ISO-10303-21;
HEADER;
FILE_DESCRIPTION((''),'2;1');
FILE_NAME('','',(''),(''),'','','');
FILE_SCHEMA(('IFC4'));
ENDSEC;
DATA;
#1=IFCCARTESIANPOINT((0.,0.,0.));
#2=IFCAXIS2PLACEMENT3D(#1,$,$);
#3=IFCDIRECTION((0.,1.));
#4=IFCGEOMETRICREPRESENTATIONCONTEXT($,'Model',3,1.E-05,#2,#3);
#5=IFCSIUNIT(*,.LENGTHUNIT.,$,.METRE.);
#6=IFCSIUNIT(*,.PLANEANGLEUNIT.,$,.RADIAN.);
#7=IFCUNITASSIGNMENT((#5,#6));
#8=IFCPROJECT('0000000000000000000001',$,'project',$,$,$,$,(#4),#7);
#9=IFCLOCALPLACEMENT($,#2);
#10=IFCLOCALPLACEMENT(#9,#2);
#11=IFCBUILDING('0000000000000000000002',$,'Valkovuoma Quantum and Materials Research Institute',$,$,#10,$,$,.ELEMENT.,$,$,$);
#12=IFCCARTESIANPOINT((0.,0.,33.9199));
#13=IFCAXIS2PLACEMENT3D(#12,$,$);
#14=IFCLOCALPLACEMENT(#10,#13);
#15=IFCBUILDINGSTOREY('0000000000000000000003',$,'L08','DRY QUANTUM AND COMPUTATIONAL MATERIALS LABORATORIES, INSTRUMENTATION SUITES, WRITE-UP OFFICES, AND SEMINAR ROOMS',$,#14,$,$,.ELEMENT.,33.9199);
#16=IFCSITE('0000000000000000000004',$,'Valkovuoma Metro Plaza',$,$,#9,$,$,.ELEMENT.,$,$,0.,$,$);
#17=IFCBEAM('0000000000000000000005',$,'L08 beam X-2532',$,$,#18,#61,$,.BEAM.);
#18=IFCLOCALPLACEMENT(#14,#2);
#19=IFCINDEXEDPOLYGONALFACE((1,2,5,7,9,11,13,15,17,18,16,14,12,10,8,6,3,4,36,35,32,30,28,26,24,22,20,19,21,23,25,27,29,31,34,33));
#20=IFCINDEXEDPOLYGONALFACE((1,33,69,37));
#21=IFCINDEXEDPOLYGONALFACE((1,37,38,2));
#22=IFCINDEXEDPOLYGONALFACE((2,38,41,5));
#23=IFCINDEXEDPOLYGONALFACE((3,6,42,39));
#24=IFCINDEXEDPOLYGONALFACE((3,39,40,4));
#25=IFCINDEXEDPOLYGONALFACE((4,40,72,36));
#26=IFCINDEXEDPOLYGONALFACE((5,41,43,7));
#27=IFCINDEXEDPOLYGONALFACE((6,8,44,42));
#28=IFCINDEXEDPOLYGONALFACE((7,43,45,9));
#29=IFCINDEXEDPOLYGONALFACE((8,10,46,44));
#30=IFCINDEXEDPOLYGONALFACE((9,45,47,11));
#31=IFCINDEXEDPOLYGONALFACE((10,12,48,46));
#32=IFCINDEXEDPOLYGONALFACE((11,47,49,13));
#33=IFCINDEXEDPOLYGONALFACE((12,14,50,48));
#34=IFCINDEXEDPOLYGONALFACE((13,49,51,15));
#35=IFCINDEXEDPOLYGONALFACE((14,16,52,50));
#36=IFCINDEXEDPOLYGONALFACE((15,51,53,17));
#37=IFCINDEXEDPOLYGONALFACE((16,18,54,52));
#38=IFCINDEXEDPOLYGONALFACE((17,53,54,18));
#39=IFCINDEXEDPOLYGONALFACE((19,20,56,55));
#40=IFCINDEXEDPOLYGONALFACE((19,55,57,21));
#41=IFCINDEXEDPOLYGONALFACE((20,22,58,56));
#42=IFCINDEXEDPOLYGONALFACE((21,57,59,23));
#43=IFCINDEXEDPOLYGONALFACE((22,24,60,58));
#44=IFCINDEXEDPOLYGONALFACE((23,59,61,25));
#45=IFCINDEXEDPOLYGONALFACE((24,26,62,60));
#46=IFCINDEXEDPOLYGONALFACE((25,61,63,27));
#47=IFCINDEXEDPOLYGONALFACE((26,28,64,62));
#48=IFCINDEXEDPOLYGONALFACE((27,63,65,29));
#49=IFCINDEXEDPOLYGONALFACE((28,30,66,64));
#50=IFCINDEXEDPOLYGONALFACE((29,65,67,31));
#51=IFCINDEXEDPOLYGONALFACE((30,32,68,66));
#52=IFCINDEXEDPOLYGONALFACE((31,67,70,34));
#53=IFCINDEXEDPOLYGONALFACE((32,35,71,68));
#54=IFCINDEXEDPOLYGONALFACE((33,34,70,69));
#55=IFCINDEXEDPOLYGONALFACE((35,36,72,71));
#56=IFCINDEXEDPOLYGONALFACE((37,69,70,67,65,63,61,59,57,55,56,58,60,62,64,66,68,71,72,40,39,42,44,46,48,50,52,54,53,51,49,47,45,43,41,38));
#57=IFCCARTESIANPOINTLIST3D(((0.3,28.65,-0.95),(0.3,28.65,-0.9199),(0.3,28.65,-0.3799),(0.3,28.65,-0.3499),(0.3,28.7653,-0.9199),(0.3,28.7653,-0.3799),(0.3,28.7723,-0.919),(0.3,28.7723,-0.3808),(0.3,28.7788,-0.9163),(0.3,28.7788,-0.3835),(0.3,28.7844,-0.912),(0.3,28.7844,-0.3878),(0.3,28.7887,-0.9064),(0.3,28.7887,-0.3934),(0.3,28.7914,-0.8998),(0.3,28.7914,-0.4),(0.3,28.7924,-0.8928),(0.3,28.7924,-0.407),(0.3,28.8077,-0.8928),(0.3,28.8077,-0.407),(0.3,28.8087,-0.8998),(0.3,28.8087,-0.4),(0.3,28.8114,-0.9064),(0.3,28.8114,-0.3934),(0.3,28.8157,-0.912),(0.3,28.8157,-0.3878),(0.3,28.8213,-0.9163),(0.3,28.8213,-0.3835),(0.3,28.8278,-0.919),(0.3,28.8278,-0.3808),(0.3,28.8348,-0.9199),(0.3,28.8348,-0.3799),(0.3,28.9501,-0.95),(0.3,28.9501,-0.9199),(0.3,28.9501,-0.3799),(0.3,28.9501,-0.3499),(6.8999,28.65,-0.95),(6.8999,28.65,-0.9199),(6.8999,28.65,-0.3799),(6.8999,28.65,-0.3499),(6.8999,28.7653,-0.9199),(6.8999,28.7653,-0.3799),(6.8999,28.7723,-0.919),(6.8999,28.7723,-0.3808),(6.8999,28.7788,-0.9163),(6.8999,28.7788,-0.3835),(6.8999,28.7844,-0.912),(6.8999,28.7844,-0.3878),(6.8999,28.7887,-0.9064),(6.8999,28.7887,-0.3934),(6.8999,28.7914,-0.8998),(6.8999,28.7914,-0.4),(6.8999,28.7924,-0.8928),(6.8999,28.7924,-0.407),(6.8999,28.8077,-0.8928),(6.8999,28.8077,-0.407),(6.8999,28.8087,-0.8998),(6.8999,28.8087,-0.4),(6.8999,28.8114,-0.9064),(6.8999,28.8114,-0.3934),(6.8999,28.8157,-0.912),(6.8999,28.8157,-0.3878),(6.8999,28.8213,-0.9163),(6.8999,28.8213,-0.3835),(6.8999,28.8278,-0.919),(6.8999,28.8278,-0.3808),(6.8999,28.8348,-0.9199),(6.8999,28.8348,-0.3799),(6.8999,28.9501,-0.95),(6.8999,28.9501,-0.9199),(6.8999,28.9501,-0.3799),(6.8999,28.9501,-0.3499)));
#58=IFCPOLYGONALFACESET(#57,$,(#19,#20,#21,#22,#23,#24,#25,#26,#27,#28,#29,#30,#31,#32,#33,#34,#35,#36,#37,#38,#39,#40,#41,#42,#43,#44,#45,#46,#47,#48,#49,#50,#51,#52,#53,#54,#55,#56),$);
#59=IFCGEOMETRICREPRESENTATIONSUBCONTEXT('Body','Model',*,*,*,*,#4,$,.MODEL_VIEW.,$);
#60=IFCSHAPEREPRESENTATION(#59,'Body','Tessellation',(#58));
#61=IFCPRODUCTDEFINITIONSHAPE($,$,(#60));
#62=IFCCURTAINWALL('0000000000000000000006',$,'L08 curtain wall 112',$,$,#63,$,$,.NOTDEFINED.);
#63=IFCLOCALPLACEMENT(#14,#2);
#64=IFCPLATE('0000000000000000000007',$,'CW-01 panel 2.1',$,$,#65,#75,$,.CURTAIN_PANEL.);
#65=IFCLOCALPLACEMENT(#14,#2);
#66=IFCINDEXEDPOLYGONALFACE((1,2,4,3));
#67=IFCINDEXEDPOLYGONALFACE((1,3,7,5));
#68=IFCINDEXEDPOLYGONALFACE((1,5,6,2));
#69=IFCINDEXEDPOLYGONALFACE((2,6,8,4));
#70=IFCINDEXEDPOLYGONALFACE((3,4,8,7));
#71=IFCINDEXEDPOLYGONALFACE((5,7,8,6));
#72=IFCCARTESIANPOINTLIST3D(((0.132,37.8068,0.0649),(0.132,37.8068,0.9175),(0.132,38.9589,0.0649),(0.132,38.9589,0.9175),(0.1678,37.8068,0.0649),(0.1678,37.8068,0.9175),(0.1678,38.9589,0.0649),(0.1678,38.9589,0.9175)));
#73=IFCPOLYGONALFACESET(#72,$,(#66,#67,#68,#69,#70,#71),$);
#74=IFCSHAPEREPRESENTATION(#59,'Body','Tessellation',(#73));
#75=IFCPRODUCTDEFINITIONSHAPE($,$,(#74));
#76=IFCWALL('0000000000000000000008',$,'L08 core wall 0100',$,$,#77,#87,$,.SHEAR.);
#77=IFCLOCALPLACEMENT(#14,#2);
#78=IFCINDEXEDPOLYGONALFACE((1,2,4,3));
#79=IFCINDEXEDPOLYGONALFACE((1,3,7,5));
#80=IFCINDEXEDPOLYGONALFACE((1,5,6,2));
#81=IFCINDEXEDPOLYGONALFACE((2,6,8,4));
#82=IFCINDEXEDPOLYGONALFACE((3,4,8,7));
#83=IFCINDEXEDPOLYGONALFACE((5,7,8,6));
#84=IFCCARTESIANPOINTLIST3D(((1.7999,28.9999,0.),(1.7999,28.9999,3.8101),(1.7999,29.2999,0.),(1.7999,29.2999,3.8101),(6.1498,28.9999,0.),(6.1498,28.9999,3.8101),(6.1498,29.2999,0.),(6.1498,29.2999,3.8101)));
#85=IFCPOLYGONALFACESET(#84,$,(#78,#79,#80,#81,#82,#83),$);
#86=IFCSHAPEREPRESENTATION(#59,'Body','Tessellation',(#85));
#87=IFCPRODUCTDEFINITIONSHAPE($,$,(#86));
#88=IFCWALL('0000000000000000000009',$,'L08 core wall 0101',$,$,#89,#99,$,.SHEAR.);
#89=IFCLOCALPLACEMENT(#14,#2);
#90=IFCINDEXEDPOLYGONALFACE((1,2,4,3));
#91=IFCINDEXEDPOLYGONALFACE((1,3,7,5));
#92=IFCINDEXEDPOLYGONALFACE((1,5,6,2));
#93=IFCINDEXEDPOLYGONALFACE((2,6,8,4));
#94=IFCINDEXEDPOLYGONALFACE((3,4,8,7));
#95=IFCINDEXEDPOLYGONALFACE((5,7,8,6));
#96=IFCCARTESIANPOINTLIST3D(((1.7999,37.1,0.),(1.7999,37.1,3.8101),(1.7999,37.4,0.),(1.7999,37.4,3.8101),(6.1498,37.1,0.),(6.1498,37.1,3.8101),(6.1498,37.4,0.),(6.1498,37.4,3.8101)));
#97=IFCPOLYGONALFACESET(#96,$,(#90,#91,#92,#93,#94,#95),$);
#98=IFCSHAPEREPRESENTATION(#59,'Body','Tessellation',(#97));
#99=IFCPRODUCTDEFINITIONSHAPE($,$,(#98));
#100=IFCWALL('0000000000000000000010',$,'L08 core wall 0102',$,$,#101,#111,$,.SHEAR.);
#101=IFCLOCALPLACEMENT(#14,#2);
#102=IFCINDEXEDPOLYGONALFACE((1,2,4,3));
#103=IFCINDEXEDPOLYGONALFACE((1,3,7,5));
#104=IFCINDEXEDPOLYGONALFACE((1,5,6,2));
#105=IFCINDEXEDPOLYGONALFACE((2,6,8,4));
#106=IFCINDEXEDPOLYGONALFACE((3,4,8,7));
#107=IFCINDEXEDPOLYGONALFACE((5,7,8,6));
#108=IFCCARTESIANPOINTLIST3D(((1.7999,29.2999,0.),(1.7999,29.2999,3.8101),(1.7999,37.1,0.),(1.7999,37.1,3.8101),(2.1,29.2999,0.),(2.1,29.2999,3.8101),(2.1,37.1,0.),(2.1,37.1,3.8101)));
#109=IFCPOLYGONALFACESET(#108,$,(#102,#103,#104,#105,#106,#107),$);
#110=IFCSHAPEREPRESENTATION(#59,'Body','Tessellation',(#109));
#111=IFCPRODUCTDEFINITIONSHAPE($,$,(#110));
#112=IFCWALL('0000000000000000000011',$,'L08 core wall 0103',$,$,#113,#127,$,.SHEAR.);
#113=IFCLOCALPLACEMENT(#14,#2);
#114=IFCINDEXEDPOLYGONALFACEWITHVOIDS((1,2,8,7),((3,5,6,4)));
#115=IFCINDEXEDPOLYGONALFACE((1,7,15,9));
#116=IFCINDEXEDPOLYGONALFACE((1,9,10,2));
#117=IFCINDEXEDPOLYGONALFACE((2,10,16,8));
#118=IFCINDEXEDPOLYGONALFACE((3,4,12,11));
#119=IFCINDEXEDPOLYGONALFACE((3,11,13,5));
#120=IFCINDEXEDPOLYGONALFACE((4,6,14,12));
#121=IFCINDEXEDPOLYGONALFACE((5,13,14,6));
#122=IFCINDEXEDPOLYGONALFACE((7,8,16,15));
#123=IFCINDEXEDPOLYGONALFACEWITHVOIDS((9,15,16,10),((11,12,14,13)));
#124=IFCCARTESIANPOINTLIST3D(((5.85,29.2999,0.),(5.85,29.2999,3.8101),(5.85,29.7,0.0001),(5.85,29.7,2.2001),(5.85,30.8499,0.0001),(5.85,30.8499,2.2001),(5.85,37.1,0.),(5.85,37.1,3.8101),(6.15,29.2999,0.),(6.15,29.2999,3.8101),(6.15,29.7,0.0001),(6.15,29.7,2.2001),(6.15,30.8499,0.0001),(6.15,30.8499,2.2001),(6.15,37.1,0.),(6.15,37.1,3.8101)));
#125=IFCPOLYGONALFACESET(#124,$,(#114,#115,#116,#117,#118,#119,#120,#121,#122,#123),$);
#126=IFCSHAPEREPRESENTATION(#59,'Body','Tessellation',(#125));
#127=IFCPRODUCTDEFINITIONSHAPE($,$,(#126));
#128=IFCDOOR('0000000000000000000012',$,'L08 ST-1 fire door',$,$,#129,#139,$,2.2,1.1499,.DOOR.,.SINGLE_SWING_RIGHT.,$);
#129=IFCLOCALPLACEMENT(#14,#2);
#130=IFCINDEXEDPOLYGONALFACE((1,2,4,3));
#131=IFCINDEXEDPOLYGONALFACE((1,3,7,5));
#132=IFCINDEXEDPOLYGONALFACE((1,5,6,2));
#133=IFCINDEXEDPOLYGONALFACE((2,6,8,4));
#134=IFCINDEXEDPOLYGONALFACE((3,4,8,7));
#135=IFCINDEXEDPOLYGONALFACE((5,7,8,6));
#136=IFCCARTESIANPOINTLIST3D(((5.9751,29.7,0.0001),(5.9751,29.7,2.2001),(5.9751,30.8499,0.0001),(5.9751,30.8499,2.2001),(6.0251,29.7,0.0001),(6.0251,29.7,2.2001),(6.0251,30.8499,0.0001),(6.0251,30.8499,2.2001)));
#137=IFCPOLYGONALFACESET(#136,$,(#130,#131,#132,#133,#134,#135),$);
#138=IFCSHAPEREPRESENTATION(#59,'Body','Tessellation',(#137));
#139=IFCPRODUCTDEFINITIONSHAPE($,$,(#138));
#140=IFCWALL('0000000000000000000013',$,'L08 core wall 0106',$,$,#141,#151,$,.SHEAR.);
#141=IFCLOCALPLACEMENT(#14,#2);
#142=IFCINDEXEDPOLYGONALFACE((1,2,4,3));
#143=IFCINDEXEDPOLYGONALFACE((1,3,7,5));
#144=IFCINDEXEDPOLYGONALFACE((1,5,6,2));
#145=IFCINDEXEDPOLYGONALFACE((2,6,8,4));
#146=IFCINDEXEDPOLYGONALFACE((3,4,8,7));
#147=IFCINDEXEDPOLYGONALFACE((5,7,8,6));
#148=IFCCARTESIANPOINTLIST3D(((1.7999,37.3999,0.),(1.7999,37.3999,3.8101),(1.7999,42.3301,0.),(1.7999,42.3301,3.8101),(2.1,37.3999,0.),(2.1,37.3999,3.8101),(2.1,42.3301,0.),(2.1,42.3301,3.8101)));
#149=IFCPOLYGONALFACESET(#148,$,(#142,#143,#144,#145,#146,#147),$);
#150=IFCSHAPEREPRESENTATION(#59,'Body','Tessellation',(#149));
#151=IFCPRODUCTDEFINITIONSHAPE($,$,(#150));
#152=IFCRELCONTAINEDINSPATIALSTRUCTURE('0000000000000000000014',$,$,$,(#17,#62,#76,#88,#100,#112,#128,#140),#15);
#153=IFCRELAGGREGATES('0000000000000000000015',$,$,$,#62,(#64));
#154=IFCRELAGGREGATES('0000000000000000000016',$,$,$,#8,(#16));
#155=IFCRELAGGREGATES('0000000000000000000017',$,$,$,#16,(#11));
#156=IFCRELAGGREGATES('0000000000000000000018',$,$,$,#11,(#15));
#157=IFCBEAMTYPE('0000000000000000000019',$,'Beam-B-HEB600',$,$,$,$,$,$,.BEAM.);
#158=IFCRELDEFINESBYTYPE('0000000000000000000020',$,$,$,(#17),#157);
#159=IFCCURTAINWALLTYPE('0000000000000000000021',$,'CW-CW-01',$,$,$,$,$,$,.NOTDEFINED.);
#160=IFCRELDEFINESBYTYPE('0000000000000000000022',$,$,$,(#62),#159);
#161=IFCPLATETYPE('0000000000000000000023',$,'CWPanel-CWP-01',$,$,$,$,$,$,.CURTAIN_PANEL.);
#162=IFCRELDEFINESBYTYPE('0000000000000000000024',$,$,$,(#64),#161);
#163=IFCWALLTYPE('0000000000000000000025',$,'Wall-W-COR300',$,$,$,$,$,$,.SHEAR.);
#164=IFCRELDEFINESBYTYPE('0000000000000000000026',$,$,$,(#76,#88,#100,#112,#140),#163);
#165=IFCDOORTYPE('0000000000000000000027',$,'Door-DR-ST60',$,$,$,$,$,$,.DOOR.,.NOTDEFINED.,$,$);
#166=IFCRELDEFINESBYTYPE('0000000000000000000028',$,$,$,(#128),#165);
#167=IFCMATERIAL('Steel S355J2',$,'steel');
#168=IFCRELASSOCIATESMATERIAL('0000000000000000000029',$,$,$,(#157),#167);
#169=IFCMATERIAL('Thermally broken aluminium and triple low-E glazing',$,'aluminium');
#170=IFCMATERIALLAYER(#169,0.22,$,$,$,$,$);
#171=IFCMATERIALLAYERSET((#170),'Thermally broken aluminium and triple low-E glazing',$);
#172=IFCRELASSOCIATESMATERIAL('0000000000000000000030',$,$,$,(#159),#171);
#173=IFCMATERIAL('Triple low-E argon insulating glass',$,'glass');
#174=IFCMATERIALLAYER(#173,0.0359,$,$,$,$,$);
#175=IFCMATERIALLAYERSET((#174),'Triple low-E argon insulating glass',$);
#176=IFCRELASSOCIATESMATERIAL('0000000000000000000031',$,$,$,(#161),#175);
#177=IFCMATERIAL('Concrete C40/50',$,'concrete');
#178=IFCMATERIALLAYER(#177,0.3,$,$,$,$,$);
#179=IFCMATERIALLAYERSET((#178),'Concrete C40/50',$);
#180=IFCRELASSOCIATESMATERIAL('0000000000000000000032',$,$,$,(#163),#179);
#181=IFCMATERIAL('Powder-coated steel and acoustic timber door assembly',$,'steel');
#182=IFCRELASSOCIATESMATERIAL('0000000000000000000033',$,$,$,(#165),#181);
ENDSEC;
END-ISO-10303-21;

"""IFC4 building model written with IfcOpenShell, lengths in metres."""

from ifc_helpers import new_model, si_unit, direction, frame, frame_2d, origin, origin_2d, place, context, subcontext, project, spatial, rectangle, i_section, extrude, material, layer, layer_set, material_profile, profile_set, type_object, element, fill, aggregate, save


model = new_model("IFC4")

# Units and contexts
model_context = context("Model", 3, precision=1e-05, world=origin(), true_north=direction((0.0, 1.0)))
body_context = subcontext(model_context, "Body", "Model", "MODEL_VIEW")
ifc_project = project(units=[si_unit("LENGTHUNIT", "METRE"), si_unit("PLANEANGLEUNIT", "RADIAN")], contexts=[model_context])

# Site, building, storey
site_placement = place(None, origin())
site = spatial("IfcSite", under=ifc_project, at=site_placement, Name="Valkovuoma Metro Plaza", CompositionType="ELEMENT", RefElevation=0.0)
building_placement = place(site_placement, origin())
building = spatial("IfcBuilding", under=site, at=building_placement, Name="Valkovuoma Quantum and Materials Research Institute", CompositionType="ELEMENT")
storey_placement = place(building_placement, frame((0.0, 0.0, 33.9199)))
storey = spatial("IfcBuildingStorey", under=building, at=storey_placement, Name="L08", Description="DRY QUANTUM AND COMPUTATIONAL MATERIALS LABORATORIES, INSTRUMENTATION SUITES, WRITE-UP OFFICES, AND SEMINAR ROOMS", CompositionType="ELEMENT", Elevation=33.9199)

# Beam
ifc_material_1 = material(Name="Steel S355J2", Category="steel")
ifc_material_profile = material_profile(ifc_material_1, i_section(OverallWidth=0.3, OverallDepth=0.6001, WebThickness=0.0154, FlangeThickness=0.03, FilletRadius=0.0271, at=origin_2d()), Name="Steel S355J2")
ifc_profile_set = profile_set([ifc_material_profile], Name="Steel S355J2")
beam_type = type_object("IfcBeamType", Name="Beam-B-HEB600", PredefinedType="BEAM", material=ifc_profile_set)
beam_placement = place(storey_placement, frame((0.3, 28.8, -0.6499), z_axis=(1.0, 0.0, 0.0), x_axis=(0.0, 1.0, 0.0)))
element("IfcBeam", 1, at=beam_placement, inside=storey, type_object=beam_type, Name="L08 beam X-2532", PredefinedType="BEAM", context=body_context, shape_type="SweptSolid", body=[
    extrude(i_section(OverallWidth=0.3, OverallDepth=0.6001, WebThickness=0.0154, FlangeThickness=0.03, FilletRadius=0.0271, at=origin_2d()), origin(), (0.0, 0.0, 1.0), 6.5999),
])

# Curtain wall, plate
ifc_material_2 = material(Name="Thermally broken aluminium and triple low-E glazing", Category="aluminium")
ifc_layer_1 = layer(ifc_material_2, 0.22)
ifc_layer_set_1 = layer_set([ifc_layer_1], Name="Thermally broken aluminium and triple low-E glazing")
curtain_wall_type = type_object("IfcCurtainWallType", Name="CW-CW-01", PredefinedType="NOTDEFINED", material=ifc_layer_set_1)
curtain_wall_placement = place(storey_placement, origin())
curtain_wall = element("IfcCurtainWall", 2, at=curtain_wall_placement, inside=storey, type_object=curtain_wall_type, Name="L08 curtain wall 112", PredefinedType="NOTDEFINED")
ifc_material_3 = material(Name="Triple low-E argon insulating glass", Category="glass")
ifc_layer_2 = layer(ifc_material_3, 0.0359)
ifc_layer_set_2 = layer_set([ifc_layer_2], Name="Triple low-E argon insulating glass")
plate_type = type_object("IfcPlateType", Name="CWPanel-CWP-01", PredefinedType="CURTAIN_PANEL", material=ifc_layer_set_2)
plate_placement = place(storey_placement, frame((0.1499, 38.3828, 0.0649), z_axis=(0.0, 0.0, 1.0), x_axis=(0.0, 1.0, 0.0)))
plate = element("IfcPlate", 3, at=plate_placement, type_object=plate_type, Name="CW-01 panel 2.1", PredefinedType="CURTAIN_PANEL", context=body_context, shape_type="SweptSolid", body=[
    extrude(rectangle(XDim=1.1521, YDim=0.0359, at=origin_2d()), origin(), (0.0, 0.0, 1.0), 0.8525),
])
aggregate(curtain_wall, [plate])

# Walls
ifc_material_4 = material(Name="Concrete C40/50", Category="concrete")
ifc_layer_3 = layer(ifc_material_4, 0.3)
ifc_layer_set_3 = layer_set([ifc_layer_3], Name="Concrete C40/50")
wall_type = type_object("IfcWallType", Name="Wall-W-COR300", PredefinedType="SHEAR", material=ifc_layer_set_3)
for number, where, z_axis, x_axis, name in (
    (4, (1.8, 29.1499, 0.0), (0.0, 0.0, 1.0), (1.0, 0.0, 0.0), "L08 core wall 0100"),
    (5, (1.8, 37.25, 0.0), (0.0, 0.0, 1.0), (1.0, 0.0, 0.0), "L08 core wall 0101"),
):
    element("IfcWall", number, at=place(storey_placement, frame(where, z_axis=z_axis, x_axis=x_axis)), inside=storey, type_object=wall_type, Name=name, PredefinedType="SHEAR", context=body_context, shape_type="SweptSolid", body=[
        extrude(rectangle(XDim=4.3499, YDim=0.3, at=frame_2d((2.1748, 0.0))), origin(), (0.0, 0.0, 1.0), 3.8101),
    ])
wall_1_placement = place(storey_placement, frame((1.95, 29.3, 0.0), z_axis=(0.0, 0.0, 1.0), x_axis=(0.0, 1.0, 0.0)))
element("IfcWall", 6, at=wall_1_placement, inside=storey, type_object=wall_type, Name="L08 core wall 0102", PredefinedType="SHEAR", context=body_context, shape_type="SweptSolid", body=[
    extrude(rectangle(XDim=7.8, YDim=0.3, at=frame_2d((3.8999, 0.0))), origin(), (0.0, 0.0, 1.0), 3.8101),
])

# Wall, opening, door
wall_2_placement = place(storey_placement, frame((6.0, 29.3, 0.0), z_axis=(0.0, 0.0, 1.0), x_axis=(0.0, 1.0, 0.0)))
wall_2 = element("IfcWall", 7, at=wall_2_placement, inside=storey, type_object=wall_type, Name="L08 core wall 0103", PredefinedType="SHEAR", context=body_context, shape_type="SweptSolid", body=[
    extrude(rectangle(XDim=7.8, YDim=0.3, at=frame_2d((3.8999, 0.0))), origin(), (0.0, 0.0, 1.0), 3.8101),
])
opening_1_placement = place(wall_2_placement, frame((0.3999, 0.0, 0.0)))
opening_1 = element("IfcOpeningElement", 8, at=opening_1_placement, cuts=wall_2, PredefinedType="OPENING", context=body_context, shape_type="SweptSolid", body=[
    extrude(rectangle(XDim=1.1499, YDim=2.2, at=frame_2d((0.575, 1.1001))), frame((0.0, 0.1602, 0.0), z_axis=(0.0, -1.0, 0.0), x_axis=(1.0, 0.0, 0.0)), (0.0, 0.0, 1.0), 0.3201),
])
ifc_material_5 = material(Name="Powder-coated steel and acoustic timber door assembly", Category="steel")
door_type_1 = type_object("IfcDoorType", Name="Door-DR-ST60", OperationType="NOTDEFINED", PredefinedType="DOOR", material=ifc_material_5)
door_1_placement = place(opening_1_placement, origin())
door_1 = element("IfcDoor", 9, at=door_1_placement, inside=storey, type_object=door_type_1, Name="L08 ST-1 fire door", OperationType="SINGLE_SWING_RIGHT", OverallHeight=2.2, OverallWidth=1.1499, PredefinedType="DOOR", context=body_context, shape_type="SweptSolid", body=[
    extrude(rectangle(XDim=1.1499, YDim=2.2, at=frame_2d((0.575, 1.1001))), frame((0.0, 0.0249, 0.0), z_axis=(0.0, -1.0, 0.0), x_axis=(1.0, 0.0, 0.0)), (0.0, 0.0, 1.0), 0.05),
])
fill(opening_1, door_1)

# Wall
wall_3_placement = place(storey_placement, frame((1.95, 37.3999, 0.0), z_axis=(0.0, 0.0, 1.0), x_axis=(0.0, 1.0, 0.0)))
element("IfcWall", 10, at=wall_3_placement, inside=storey, type_object=wall_type, Name="L08 core wall 0106", PredefinedType="SHEAR", context=body_context, shape_type="SweptSolid", body=[
    extrude(rectangle(XDim=4.9302, YDim=0.3, at=frame_2d((2.4651, 0.0))), origin(), (0.0, 0.0, 1.0), 3.8101),
])

save(model, "model.ifc")
